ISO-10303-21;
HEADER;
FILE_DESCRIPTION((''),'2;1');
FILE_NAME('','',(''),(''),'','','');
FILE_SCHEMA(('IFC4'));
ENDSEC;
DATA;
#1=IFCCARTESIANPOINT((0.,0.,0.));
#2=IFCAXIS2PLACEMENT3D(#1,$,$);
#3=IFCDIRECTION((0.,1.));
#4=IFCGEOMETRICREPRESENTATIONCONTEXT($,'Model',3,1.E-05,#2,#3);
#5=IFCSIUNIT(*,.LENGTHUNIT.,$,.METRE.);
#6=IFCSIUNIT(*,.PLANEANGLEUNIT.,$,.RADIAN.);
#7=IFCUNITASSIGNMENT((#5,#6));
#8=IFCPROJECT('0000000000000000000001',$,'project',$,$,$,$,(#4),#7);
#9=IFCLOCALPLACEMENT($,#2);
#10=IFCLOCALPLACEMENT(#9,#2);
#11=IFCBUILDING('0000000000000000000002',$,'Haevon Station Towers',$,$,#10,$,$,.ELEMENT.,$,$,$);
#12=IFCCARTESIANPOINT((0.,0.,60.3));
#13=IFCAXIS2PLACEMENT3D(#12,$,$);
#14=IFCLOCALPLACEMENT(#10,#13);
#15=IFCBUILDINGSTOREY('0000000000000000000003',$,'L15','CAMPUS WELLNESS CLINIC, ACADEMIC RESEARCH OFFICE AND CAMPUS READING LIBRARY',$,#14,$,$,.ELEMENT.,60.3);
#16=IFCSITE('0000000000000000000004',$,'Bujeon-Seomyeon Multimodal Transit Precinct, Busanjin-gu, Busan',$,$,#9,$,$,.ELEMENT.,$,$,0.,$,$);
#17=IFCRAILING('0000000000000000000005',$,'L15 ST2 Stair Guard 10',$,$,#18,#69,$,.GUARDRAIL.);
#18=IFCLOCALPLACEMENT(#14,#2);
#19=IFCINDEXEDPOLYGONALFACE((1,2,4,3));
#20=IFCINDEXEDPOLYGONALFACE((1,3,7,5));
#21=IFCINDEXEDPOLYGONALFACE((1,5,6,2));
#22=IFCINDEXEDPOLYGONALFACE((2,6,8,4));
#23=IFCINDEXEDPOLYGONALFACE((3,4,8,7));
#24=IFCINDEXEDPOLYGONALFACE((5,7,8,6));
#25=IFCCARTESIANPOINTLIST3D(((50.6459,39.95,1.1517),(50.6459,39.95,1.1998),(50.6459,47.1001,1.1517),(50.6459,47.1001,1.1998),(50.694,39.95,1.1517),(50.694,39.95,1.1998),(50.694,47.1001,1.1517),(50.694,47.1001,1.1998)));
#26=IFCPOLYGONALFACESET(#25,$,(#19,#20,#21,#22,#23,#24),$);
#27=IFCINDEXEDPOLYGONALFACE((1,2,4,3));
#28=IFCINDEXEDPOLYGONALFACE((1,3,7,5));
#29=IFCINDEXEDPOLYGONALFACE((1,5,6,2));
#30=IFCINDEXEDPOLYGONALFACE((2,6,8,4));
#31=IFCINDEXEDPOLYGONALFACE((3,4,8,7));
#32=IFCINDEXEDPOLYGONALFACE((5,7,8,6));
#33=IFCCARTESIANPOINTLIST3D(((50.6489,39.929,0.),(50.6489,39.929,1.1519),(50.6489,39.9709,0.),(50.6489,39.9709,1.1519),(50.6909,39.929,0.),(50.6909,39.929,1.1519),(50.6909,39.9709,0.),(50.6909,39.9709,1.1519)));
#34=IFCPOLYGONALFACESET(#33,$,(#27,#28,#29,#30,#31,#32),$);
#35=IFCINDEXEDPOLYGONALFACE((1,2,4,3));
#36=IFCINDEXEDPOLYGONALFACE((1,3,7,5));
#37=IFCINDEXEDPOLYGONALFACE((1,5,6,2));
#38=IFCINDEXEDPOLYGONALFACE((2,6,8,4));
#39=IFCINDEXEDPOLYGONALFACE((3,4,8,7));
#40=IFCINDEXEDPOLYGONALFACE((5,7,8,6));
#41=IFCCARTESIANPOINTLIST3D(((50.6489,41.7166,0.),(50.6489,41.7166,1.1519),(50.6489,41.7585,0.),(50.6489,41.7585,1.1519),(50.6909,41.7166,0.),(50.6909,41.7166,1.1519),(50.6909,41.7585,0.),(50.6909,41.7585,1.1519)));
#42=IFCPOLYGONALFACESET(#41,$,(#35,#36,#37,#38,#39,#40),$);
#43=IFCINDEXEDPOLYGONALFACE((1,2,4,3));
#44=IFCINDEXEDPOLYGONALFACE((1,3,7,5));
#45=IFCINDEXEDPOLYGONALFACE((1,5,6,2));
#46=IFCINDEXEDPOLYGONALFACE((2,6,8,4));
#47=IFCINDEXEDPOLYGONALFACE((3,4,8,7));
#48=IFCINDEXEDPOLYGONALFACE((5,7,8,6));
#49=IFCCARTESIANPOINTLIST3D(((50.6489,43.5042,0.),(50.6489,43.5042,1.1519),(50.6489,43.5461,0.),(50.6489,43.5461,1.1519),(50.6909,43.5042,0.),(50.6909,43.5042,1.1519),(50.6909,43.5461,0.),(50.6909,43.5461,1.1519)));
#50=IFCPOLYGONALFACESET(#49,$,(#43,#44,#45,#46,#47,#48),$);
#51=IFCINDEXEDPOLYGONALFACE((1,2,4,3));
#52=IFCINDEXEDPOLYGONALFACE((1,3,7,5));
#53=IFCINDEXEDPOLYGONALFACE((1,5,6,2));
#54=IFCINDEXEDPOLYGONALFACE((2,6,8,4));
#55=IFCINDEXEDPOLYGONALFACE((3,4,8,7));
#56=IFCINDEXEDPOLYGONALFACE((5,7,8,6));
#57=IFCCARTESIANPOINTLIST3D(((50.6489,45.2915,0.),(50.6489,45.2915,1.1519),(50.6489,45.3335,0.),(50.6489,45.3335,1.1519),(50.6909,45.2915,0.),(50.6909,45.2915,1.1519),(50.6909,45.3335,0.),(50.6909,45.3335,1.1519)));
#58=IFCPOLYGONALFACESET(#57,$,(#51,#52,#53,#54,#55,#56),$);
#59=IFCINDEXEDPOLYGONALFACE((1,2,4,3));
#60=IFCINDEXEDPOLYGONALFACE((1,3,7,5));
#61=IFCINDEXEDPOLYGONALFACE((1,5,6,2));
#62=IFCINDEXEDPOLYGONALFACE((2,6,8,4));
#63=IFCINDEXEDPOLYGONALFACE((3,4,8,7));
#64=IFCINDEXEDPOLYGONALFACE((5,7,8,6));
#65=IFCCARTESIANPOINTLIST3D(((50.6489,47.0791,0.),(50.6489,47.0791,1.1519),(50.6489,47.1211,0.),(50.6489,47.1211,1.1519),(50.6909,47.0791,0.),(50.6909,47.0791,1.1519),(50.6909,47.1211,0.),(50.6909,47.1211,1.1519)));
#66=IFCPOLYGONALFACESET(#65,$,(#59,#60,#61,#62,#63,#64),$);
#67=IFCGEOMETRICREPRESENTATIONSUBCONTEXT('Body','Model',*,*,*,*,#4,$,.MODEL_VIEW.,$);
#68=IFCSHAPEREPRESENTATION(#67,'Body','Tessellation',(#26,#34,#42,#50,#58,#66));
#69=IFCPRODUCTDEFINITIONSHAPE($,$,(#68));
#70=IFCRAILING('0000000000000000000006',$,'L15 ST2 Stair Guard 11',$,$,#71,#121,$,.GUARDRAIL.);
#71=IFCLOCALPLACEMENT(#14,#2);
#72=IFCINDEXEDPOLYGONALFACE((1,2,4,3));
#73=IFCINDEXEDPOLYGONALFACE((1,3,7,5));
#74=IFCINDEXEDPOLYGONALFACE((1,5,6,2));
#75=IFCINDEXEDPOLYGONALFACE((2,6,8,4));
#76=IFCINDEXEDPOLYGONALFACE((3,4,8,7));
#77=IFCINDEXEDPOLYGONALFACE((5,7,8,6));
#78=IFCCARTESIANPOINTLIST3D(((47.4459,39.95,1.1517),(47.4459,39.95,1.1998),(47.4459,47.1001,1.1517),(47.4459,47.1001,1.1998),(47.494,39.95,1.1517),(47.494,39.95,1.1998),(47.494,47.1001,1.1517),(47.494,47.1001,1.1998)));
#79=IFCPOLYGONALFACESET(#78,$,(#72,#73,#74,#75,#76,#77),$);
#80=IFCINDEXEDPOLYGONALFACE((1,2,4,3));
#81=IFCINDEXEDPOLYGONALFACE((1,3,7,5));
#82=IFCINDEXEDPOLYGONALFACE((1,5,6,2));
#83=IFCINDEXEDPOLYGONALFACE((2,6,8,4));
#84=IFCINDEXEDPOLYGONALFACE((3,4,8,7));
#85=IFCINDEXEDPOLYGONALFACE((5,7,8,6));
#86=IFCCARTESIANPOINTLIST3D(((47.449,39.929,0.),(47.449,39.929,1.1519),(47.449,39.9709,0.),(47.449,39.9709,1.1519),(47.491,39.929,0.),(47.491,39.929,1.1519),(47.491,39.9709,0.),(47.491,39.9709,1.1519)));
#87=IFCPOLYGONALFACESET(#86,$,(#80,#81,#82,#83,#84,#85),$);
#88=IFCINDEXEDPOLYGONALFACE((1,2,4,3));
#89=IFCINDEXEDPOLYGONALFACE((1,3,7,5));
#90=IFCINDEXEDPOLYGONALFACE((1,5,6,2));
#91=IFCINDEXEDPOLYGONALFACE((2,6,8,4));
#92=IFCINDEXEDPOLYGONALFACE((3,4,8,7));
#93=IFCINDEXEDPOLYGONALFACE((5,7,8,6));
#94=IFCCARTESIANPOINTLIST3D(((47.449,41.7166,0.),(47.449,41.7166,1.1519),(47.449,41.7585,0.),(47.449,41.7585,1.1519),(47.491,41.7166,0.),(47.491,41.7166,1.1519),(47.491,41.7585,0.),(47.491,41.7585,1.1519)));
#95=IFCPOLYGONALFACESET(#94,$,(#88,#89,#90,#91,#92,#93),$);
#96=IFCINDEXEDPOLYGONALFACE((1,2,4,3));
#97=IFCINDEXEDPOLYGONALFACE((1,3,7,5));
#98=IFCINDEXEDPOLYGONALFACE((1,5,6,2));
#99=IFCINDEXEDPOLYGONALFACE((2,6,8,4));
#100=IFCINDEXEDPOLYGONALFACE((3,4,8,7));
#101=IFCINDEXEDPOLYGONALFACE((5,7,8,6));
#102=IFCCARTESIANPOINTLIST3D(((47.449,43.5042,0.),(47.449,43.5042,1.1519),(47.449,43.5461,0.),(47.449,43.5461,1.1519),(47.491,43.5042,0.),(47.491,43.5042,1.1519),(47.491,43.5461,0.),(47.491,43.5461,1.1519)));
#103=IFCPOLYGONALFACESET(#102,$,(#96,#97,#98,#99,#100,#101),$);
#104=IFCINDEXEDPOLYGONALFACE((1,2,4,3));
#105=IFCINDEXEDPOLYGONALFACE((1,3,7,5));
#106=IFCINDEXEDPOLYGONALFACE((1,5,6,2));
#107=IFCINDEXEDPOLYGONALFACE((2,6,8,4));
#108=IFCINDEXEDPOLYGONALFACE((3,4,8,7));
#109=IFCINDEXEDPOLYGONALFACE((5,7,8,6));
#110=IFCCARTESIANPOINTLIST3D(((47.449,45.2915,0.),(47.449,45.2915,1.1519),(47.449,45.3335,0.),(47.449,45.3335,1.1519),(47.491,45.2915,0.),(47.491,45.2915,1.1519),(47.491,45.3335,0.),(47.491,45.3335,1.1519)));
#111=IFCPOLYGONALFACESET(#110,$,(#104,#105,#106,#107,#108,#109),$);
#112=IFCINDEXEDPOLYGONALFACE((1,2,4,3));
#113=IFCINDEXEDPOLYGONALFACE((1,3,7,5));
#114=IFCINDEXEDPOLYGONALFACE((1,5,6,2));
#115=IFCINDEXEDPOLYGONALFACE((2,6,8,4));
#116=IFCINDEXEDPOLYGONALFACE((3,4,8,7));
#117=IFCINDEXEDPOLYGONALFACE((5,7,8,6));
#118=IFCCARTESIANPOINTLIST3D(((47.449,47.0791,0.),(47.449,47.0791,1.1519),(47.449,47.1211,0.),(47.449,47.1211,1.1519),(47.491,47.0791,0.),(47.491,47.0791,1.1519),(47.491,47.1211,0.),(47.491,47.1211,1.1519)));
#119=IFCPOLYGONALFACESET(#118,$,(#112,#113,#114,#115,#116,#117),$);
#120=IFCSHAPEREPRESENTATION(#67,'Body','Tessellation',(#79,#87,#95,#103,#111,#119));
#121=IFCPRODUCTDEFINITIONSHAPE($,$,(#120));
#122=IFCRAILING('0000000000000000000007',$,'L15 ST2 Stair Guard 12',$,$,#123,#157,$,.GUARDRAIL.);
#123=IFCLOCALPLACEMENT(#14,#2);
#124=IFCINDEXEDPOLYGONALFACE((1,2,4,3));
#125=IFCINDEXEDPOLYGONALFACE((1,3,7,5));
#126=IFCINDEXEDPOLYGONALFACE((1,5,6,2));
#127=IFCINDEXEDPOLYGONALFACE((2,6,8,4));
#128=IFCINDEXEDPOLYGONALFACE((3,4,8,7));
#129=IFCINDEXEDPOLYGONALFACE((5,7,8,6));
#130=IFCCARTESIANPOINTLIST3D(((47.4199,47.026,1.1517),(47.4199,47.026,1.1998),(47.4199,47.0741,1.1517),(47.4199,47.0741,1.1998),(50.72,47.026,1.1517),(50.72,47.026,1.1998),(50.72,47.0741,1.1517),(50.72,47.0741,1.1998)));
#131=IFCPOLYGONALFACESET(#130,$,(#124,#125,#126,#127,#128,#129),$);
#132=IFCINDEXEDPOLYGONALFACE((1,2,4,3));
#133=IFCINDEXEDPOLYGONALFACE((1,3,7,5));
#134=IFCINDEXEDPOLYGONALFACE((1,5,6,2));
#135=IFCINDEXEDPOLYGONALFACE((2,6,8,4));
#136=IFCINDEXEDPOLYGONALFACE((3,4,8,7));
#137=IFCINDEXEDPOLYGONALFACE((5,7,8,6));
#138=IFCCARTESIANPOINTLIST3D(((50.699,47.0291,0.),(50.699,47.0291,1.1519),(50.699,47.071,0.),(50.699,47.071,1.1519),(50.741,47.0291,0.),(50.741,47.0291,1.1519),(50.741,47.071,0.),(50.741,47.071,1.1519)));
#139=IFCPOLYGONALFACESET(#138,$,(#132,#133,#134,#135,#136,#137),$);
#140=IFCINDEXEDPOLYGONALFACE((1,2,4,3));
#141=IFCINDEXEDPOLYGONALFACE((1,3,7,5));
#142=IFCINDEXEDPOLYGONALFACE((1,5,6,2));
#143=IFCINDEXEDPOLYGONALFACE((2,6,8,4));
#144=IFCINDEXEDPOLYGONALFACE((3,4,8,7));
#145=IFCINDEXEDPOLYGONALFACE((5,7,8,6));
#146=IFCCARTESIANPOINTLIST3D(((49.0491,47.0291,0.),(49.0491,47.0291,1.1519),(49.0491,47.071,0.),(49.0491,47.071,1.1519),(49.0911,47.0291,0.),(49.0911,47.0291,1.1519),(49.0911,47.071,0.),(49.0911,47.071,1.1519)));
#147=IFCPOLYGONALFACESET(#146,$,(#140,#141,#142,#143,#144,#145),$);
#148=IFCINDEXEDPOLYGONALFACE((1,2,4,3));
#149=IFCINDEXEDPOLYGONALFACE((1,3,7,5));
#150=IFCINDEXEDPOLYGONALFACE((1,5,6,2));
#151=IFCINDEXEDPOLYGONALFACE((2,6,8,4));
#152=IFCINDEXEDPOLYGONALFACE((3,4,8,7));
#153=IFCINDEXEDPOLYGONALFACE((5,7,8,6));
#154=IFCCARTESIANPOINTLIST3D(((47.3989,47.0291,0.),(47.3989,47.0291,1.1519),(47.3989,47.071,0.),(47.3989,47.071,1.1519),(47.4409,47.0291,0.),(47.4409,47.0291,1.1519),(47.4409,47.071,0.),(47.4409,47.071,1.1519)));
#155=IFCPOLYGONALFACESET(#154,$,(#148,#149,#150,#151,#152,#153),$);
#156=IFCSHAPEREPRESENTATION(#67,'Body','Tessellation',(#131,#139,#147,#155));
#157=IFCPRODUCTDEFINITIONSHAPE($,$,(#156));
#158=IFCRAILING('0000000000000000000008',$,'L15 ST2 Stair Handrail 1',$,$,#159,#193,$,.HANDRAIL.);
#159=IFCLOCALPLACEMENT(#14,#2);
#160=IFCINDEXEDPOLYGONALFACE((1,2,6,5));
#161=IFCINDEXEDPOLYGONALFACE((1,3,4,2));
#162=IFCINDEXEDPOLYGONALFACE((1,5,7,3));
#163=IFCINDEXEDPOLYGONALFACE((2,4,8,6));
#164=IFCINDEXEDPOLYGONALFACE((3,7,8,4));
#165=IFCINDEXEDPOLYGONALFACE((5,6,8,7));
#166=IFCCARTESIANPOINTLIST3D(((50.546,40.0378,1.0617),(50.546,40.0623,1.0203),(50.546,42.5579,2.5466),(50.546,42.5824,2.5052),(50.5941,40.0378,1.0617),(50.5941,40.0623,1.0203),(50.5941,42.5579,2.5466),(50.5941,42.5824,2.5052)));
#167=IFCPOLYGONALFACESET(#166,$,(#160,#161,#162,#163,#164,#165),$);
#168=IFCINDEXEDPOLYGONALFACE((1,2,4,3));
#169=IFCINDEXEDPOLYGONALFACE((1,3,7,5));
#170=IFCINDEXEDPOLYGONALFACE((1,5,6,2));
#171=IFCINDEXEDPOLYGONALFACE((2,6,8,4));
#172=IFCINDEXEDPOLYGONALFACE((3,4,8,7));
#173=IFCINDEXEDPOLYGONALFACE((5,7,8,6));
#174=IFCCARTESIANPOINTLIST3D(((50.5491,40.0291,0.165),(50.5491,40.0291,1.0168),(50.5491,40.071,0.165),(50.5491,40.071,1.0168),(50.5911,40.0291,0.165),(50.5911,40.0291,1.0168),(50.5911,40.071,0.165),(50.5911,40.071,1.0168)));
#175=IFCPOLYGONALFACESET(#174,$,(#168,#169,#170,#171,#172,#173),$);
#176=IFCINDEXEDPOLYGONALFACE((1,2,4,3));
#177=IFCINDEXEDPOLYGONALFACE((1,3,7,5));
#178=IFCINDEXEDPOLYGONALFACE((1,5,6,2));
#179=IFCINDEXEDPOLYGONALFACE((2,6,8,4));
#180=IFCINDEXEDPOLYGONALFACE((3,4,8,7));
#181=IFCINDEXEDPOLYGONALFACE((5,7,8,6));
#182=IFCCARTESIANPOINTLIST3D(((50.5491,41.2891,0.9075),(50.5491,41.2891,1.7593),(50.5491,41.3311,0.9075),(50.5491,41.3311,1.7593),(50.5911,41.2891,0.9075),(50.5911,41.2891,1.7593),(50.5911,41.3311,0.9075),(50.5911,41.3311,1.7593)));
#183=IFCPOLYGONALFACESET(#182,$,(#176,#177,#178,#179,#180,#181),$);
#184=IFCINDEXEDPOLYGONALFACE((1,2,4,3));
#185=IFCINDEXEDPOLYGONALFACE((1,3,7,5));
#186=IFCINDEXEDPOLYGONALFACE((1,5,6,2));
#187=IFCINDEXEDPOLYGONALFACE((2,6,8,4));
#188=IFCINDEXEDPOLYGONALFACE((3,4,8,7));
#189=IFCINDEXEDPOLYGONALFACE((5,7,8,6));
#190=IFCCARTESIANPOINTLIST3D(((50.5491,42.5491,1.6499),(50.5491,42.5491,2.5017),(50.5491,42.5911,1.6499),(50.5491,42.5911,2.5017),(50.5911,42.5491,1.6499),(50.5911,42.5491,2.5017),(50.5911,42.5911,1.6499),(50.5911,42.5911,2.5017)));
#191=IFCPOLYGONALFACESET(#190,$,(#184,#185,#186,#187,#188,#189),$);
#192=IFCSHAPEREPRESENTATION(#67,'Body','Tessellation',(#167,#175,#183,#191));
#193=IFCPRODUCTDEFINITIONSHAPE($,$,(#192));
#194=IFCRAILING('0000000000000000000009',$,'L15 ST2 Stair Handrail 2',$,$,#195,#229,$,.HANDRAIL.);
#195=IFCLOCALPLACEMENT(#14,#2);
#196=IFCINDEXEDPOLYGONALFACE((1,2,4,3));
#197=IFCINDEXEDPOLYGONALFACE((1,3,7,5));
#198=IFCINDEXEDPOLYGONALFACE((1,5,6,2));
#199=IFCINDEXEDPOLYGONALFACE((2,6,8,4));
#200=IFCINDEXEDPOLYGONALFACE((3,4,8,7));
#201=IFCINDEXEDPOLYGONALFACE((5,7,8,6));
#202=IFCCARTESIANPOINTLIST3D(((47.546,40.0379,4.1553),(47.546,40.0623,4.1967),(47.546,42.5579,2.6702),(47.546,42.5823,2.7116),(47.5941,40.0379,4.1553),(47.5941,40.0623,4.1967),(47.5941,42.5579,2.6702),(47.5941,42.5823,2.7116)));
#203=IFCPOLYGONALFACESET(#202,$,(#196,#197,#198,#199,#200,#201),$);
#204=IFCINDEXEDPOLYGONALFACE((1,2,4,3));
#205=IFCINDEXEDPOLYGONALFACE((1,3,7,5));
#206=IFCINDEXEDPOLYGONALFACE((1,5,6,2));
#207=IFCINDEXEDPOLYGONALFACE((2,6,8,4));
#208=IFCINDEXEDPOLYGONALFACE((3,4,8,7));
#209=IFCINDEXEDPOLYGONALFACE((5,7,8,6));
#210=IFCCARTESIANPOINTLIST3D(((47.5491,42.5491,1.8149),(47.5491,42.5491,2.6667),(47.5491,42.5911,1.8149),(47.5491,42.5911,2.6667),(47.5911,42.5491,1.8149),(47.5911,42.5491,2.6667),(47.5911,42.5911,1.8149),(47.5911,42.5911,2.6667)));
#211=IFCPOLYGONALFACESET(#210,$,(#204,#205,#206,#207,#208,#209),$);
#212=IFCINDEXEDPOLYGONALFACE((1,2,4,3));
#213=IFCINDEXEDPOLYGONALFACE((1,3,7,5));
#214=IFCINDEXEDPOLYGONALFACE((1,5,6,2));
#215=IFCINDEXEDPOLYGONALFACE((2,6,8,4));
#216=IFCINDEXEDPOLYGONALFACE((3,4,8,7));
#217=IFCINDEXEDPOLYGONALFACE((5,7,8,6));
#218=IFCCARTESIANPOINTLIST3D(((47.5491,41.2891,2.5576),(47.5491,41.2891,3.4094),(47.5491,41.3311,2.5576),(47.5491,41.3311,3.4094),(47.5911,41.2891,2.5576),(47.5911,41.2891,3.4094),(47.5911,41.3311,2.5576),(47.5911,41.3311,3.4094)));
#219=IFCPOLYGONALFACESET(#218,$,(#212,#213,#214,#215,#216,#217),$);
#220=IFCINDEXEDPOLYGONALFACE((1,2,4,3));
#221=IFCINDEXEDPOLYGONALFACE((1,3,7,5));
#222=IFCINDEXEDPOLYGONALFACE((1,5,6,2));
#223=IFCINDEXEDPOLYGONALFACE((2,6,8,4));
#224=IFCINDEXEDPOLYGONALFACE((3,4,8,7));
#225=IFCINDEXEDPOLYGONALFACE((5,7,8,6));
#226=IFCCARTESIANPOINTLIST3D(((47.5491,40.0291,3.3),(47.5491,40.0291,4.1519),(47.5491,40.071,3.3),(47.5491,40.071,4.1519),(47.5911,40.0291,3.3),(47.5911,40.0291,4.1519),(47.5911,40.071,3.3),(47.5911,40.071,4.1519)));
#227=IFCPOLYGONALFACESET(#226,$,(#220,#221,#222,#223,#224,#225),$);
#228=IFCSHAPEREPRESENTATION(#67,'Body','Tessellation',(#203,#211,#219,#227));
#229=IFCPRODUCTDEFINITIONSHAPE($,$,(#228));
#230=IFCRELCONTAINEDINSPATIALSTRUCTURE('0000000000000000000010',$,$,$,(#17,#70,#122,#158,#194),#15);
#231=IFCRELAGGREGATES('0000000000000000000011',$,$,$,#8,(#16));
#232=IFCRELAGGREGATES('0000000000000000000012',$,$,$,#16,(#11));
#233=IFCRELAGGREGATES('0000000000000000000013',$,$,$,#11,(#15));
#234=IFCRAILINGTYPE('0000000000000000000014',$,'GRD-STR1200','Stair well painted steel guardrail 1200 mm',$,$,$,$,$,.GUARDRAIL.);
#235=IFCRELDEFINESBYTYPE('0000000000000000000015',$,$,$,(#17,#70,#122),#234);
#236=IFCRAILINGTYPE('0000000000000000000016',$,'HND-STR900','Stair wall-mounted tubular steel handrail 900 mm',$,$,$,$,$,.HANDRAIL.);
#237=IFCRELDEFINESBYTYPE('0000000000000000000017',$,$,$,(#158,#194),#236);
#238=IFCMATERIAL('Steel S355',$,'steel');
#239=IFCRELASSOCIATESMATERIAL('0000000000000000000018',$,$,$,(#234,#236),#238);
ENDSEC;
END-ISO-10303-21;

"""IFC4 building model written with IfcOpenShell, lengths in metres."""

from ifc_helpers import new_model, si_unit, direction, frame, origin, origin_2d, place, context, subcontext, project, spatial, rectangle, extrude, material, type_object, element, save


model = new_model("IFC4")

# Units and contexts
model_context = context("Model", 3, precision=1e-05, world=origin(), true_north=direction((0.0, 1.0)))
body_context = subcontext(model_context, "Body", "Model", "MODEL_VIEW")
ifc_project = project(units=[si_unit("LENGTHUNIT", "METRE"), si_unit("PLANEANGLEUNIT", "RADIAN")], contexts=[model_context])

# Site, building, storey
site_placement = place(None, origin())
site = spatial("IfcSite", under=ifc_project, at=site_placement, Name="Bujeon-Seomyeon Multimodal Transit Precinct, Busanjin-gu, Busan", CompositionType="ELEMENT", RefElevation=0.0)
building_placement = place(site_placement, origin())
building = spatial("IfcBuilding", under=site, at=building_placement, Name="Haevon Station Towers", CompositionType="ELEMENT")
storey_placement = place(building_placement, frame((0.0, 0.0, 60.3)))
storey = spatial("IfcBuildingStorey", under=building, at=storey_placement, Name="L15", Description="CAMPUS WELLNESS CLINIC, ACADEMIC RESEARCH OFFICE AND CAMPUS READING LIBRARY", CompositionType="ELEMENT", Elevation=60.3)

# Shared definitions
ifc_material_1 = material(Name="Steel S355", Category="steel")

# Railings
railing_type_1 = type_object("IfcRailingType", Name="GRD-STR1200", Description="Stair well painted steel guardrail 1200 mm", PredefinedType="GUARDRAIL", material=ifc_material_1)
for number, where, name in (
    (1, (50.6699, 39.95, 0.0), "L15 ST2 Stair Guard 10"),
    (2, (47.47, 39.95, 0.0), "L15 ST2 Stair Guard 11"),
):
    element("IfcRailing", number, at=place(storey_placement, frame(where)), inside=storey, type_object=railing_type_1, Name=name, PredefinedType="GUARDRAIL", context=body_context, shape_type="SweptSolid", body=[
        extrude(rectangle(XDim=0.0481, YDim=0.0481, at=origin_2d()), frame((0.0, 0.0, 1.1758), z_axis=(0.0, 1.0, 0.0), x_axis=(-1.0, 0.0, 0.0)), (0.0, 0.0, 1.0), 7.1501),
        extrude(rectangle(XDim=0.042, YDim=0.042, at=origin_2d()), origin(), (0.0, 0.0, 1.0), 1.1519),
        extrude(rectangle(XDim=0.042, YDim=0.042, at=origin_2d()), frame((0.0, 1.7876, 0.0)), (0.0, 0.0, 1.0), 1.1519),
        extrude(rectangle(XDim=0.042, YDim=0.042, at=origin_2d()), frame((0.0, 3.5752, 0.0)), (0.0, 0.0, 1.0), 1.1519),
        extrude(rectangle(XDim=0.042, YDim=0.042, at=origin_2d()), frame((0.0, 5.3625, 0.0)), (0.0, 0.0, 1.0), 1.1519),
        extrude(rectangle(XDim=0.042, YDim=0.042, at=origin_2d()), frame((0.0, 7.1501, 0.0)), (0.0, 0.0, 1.0), 1.1519),
    ])
railing_1_placement = place(storey_placement, frame((50.72, 47.05, 0.0)))
element("IfcRailing", 3, at=railing_1_placement, inside=storey, type_object=railing_type_1, Name="L15 ST2 Stair Guard 12", PredefinedType="GUARDRAIL", context=body_context, shape_type="SweptSolid", body=[
    extrude(rectangle(XDim=0.0481, YDim=0.0481, at=origin_2d()), frame((0.0, 0.0, 1.1758), z_axis=(-1.0, 0.0, 0.0), x_axis=(0.0, -1.0, 0.0)), (0.0, 0.0, 1.0), 3.3),
    extrude(rectangle(XDim=0.042, YDim=0.042, at=origin_2d()), origin(), (0.0, 0.0, 1.0), 1.1519),
    extrude(rectangle(XDim=0.042, YDim=0.042, at=origin_2d()), frame((-1.6499, 0.0, 0.0)), (0.0, 0.0, 1.0), 1.1519),
    extrude(rectangle(XDim=0.042, YDim=0.042, at=origin_2d()), frame((-3.3, 0.0, 0.0)), (0.0, 0.0, 1.0), 1.1519),
])
railing_type_2 = type_object("IfcRailingType", Name="HND-STR900", Description="Stair wall-mounted tubular steel handrail 900 mm", PredefinedType="HANDRAIL", material=ifc_material_1)
railing_2_placement = place(storey_placement, frame((50.5701, 40.05, 0.165)))
element("IfcRailing", 4, at=railing_2_placement, inside=storey, type_object=railing_type_2, Name="L15 ST2 Stair Handrail 1", PredefinedType="HANDRAIL", context=body_context, shape_type="SweptSolid", body=[
    extrude(rectangle(XDim=0.0481, YDim=0.0481, at=origin_2d()), frame((0.0, 0.0, 0.876), z_axis=(0.0, 0.861561, 0.507655), x_axis=(-1.0, 0.0, 0.0)), (0.0, 0.0, 1.0), 2.925),
    extrude(rectangle(XDim=0.042, YDim=0.042, at=origin_2d()), origin(), (0.0, 0.0, 1.0), 0.8518),
    extrude(rectangle(XDim=0.042, YDim=0.042, at=origin_2d()), frame((0.0, 1.26, 0.7424)), (0.0, 0.0, 1.0), 0.8518),
    extrude(rectangle(XDim=0.042, YDim=0.042, at=origin_2d()), frame((0.0, 2.52, 1.4849)), (0.0, 0.0, 1.0), 0.8518),
])
railing_3_placement = place(storey_placement, frame((47.5701, 42.5701, 1.8149)))
element("IfcRailing", 5, at=railing_3_placement, inside=storey, type_object=railing_type_2, Name="L15 ST2 Stair Handrail 2", PredefinedType="HANDRAIL", context=body_context, shape_type="SweptSolid", body=[
    extrude(rectangle(XDim=0.0481, YDim=0.0481, at=origin_2d()), frame((0.0, 0.0, 0.876), z_axis=(0.0, -0.861524, 0.507717), x_axis=(1.0, 0.0, 0.0)), (0.0, 0.0, 1.0), 2.925),
    extrude(rectangle(XDim=0.042, YDim=0.042, at=origin_2d()), origin(), (0.0, 0.0, 1.0), 0.8518),
    extrude(rectangle(XDim=0.042, YDim=0.042, at=origin_2d()), frame((0.0, -1.26, 0.7427)), (0.0, 0.0, 1.0), 0.8518),
    extrude(rectangle(XDim=0.042, YDim=0.042, at=origin_2d()), frame((0.0, -2.52, 1.4851)), (0.0, 0.0, 1.0), 0.8518),
])

save(model, "model.ifc")
